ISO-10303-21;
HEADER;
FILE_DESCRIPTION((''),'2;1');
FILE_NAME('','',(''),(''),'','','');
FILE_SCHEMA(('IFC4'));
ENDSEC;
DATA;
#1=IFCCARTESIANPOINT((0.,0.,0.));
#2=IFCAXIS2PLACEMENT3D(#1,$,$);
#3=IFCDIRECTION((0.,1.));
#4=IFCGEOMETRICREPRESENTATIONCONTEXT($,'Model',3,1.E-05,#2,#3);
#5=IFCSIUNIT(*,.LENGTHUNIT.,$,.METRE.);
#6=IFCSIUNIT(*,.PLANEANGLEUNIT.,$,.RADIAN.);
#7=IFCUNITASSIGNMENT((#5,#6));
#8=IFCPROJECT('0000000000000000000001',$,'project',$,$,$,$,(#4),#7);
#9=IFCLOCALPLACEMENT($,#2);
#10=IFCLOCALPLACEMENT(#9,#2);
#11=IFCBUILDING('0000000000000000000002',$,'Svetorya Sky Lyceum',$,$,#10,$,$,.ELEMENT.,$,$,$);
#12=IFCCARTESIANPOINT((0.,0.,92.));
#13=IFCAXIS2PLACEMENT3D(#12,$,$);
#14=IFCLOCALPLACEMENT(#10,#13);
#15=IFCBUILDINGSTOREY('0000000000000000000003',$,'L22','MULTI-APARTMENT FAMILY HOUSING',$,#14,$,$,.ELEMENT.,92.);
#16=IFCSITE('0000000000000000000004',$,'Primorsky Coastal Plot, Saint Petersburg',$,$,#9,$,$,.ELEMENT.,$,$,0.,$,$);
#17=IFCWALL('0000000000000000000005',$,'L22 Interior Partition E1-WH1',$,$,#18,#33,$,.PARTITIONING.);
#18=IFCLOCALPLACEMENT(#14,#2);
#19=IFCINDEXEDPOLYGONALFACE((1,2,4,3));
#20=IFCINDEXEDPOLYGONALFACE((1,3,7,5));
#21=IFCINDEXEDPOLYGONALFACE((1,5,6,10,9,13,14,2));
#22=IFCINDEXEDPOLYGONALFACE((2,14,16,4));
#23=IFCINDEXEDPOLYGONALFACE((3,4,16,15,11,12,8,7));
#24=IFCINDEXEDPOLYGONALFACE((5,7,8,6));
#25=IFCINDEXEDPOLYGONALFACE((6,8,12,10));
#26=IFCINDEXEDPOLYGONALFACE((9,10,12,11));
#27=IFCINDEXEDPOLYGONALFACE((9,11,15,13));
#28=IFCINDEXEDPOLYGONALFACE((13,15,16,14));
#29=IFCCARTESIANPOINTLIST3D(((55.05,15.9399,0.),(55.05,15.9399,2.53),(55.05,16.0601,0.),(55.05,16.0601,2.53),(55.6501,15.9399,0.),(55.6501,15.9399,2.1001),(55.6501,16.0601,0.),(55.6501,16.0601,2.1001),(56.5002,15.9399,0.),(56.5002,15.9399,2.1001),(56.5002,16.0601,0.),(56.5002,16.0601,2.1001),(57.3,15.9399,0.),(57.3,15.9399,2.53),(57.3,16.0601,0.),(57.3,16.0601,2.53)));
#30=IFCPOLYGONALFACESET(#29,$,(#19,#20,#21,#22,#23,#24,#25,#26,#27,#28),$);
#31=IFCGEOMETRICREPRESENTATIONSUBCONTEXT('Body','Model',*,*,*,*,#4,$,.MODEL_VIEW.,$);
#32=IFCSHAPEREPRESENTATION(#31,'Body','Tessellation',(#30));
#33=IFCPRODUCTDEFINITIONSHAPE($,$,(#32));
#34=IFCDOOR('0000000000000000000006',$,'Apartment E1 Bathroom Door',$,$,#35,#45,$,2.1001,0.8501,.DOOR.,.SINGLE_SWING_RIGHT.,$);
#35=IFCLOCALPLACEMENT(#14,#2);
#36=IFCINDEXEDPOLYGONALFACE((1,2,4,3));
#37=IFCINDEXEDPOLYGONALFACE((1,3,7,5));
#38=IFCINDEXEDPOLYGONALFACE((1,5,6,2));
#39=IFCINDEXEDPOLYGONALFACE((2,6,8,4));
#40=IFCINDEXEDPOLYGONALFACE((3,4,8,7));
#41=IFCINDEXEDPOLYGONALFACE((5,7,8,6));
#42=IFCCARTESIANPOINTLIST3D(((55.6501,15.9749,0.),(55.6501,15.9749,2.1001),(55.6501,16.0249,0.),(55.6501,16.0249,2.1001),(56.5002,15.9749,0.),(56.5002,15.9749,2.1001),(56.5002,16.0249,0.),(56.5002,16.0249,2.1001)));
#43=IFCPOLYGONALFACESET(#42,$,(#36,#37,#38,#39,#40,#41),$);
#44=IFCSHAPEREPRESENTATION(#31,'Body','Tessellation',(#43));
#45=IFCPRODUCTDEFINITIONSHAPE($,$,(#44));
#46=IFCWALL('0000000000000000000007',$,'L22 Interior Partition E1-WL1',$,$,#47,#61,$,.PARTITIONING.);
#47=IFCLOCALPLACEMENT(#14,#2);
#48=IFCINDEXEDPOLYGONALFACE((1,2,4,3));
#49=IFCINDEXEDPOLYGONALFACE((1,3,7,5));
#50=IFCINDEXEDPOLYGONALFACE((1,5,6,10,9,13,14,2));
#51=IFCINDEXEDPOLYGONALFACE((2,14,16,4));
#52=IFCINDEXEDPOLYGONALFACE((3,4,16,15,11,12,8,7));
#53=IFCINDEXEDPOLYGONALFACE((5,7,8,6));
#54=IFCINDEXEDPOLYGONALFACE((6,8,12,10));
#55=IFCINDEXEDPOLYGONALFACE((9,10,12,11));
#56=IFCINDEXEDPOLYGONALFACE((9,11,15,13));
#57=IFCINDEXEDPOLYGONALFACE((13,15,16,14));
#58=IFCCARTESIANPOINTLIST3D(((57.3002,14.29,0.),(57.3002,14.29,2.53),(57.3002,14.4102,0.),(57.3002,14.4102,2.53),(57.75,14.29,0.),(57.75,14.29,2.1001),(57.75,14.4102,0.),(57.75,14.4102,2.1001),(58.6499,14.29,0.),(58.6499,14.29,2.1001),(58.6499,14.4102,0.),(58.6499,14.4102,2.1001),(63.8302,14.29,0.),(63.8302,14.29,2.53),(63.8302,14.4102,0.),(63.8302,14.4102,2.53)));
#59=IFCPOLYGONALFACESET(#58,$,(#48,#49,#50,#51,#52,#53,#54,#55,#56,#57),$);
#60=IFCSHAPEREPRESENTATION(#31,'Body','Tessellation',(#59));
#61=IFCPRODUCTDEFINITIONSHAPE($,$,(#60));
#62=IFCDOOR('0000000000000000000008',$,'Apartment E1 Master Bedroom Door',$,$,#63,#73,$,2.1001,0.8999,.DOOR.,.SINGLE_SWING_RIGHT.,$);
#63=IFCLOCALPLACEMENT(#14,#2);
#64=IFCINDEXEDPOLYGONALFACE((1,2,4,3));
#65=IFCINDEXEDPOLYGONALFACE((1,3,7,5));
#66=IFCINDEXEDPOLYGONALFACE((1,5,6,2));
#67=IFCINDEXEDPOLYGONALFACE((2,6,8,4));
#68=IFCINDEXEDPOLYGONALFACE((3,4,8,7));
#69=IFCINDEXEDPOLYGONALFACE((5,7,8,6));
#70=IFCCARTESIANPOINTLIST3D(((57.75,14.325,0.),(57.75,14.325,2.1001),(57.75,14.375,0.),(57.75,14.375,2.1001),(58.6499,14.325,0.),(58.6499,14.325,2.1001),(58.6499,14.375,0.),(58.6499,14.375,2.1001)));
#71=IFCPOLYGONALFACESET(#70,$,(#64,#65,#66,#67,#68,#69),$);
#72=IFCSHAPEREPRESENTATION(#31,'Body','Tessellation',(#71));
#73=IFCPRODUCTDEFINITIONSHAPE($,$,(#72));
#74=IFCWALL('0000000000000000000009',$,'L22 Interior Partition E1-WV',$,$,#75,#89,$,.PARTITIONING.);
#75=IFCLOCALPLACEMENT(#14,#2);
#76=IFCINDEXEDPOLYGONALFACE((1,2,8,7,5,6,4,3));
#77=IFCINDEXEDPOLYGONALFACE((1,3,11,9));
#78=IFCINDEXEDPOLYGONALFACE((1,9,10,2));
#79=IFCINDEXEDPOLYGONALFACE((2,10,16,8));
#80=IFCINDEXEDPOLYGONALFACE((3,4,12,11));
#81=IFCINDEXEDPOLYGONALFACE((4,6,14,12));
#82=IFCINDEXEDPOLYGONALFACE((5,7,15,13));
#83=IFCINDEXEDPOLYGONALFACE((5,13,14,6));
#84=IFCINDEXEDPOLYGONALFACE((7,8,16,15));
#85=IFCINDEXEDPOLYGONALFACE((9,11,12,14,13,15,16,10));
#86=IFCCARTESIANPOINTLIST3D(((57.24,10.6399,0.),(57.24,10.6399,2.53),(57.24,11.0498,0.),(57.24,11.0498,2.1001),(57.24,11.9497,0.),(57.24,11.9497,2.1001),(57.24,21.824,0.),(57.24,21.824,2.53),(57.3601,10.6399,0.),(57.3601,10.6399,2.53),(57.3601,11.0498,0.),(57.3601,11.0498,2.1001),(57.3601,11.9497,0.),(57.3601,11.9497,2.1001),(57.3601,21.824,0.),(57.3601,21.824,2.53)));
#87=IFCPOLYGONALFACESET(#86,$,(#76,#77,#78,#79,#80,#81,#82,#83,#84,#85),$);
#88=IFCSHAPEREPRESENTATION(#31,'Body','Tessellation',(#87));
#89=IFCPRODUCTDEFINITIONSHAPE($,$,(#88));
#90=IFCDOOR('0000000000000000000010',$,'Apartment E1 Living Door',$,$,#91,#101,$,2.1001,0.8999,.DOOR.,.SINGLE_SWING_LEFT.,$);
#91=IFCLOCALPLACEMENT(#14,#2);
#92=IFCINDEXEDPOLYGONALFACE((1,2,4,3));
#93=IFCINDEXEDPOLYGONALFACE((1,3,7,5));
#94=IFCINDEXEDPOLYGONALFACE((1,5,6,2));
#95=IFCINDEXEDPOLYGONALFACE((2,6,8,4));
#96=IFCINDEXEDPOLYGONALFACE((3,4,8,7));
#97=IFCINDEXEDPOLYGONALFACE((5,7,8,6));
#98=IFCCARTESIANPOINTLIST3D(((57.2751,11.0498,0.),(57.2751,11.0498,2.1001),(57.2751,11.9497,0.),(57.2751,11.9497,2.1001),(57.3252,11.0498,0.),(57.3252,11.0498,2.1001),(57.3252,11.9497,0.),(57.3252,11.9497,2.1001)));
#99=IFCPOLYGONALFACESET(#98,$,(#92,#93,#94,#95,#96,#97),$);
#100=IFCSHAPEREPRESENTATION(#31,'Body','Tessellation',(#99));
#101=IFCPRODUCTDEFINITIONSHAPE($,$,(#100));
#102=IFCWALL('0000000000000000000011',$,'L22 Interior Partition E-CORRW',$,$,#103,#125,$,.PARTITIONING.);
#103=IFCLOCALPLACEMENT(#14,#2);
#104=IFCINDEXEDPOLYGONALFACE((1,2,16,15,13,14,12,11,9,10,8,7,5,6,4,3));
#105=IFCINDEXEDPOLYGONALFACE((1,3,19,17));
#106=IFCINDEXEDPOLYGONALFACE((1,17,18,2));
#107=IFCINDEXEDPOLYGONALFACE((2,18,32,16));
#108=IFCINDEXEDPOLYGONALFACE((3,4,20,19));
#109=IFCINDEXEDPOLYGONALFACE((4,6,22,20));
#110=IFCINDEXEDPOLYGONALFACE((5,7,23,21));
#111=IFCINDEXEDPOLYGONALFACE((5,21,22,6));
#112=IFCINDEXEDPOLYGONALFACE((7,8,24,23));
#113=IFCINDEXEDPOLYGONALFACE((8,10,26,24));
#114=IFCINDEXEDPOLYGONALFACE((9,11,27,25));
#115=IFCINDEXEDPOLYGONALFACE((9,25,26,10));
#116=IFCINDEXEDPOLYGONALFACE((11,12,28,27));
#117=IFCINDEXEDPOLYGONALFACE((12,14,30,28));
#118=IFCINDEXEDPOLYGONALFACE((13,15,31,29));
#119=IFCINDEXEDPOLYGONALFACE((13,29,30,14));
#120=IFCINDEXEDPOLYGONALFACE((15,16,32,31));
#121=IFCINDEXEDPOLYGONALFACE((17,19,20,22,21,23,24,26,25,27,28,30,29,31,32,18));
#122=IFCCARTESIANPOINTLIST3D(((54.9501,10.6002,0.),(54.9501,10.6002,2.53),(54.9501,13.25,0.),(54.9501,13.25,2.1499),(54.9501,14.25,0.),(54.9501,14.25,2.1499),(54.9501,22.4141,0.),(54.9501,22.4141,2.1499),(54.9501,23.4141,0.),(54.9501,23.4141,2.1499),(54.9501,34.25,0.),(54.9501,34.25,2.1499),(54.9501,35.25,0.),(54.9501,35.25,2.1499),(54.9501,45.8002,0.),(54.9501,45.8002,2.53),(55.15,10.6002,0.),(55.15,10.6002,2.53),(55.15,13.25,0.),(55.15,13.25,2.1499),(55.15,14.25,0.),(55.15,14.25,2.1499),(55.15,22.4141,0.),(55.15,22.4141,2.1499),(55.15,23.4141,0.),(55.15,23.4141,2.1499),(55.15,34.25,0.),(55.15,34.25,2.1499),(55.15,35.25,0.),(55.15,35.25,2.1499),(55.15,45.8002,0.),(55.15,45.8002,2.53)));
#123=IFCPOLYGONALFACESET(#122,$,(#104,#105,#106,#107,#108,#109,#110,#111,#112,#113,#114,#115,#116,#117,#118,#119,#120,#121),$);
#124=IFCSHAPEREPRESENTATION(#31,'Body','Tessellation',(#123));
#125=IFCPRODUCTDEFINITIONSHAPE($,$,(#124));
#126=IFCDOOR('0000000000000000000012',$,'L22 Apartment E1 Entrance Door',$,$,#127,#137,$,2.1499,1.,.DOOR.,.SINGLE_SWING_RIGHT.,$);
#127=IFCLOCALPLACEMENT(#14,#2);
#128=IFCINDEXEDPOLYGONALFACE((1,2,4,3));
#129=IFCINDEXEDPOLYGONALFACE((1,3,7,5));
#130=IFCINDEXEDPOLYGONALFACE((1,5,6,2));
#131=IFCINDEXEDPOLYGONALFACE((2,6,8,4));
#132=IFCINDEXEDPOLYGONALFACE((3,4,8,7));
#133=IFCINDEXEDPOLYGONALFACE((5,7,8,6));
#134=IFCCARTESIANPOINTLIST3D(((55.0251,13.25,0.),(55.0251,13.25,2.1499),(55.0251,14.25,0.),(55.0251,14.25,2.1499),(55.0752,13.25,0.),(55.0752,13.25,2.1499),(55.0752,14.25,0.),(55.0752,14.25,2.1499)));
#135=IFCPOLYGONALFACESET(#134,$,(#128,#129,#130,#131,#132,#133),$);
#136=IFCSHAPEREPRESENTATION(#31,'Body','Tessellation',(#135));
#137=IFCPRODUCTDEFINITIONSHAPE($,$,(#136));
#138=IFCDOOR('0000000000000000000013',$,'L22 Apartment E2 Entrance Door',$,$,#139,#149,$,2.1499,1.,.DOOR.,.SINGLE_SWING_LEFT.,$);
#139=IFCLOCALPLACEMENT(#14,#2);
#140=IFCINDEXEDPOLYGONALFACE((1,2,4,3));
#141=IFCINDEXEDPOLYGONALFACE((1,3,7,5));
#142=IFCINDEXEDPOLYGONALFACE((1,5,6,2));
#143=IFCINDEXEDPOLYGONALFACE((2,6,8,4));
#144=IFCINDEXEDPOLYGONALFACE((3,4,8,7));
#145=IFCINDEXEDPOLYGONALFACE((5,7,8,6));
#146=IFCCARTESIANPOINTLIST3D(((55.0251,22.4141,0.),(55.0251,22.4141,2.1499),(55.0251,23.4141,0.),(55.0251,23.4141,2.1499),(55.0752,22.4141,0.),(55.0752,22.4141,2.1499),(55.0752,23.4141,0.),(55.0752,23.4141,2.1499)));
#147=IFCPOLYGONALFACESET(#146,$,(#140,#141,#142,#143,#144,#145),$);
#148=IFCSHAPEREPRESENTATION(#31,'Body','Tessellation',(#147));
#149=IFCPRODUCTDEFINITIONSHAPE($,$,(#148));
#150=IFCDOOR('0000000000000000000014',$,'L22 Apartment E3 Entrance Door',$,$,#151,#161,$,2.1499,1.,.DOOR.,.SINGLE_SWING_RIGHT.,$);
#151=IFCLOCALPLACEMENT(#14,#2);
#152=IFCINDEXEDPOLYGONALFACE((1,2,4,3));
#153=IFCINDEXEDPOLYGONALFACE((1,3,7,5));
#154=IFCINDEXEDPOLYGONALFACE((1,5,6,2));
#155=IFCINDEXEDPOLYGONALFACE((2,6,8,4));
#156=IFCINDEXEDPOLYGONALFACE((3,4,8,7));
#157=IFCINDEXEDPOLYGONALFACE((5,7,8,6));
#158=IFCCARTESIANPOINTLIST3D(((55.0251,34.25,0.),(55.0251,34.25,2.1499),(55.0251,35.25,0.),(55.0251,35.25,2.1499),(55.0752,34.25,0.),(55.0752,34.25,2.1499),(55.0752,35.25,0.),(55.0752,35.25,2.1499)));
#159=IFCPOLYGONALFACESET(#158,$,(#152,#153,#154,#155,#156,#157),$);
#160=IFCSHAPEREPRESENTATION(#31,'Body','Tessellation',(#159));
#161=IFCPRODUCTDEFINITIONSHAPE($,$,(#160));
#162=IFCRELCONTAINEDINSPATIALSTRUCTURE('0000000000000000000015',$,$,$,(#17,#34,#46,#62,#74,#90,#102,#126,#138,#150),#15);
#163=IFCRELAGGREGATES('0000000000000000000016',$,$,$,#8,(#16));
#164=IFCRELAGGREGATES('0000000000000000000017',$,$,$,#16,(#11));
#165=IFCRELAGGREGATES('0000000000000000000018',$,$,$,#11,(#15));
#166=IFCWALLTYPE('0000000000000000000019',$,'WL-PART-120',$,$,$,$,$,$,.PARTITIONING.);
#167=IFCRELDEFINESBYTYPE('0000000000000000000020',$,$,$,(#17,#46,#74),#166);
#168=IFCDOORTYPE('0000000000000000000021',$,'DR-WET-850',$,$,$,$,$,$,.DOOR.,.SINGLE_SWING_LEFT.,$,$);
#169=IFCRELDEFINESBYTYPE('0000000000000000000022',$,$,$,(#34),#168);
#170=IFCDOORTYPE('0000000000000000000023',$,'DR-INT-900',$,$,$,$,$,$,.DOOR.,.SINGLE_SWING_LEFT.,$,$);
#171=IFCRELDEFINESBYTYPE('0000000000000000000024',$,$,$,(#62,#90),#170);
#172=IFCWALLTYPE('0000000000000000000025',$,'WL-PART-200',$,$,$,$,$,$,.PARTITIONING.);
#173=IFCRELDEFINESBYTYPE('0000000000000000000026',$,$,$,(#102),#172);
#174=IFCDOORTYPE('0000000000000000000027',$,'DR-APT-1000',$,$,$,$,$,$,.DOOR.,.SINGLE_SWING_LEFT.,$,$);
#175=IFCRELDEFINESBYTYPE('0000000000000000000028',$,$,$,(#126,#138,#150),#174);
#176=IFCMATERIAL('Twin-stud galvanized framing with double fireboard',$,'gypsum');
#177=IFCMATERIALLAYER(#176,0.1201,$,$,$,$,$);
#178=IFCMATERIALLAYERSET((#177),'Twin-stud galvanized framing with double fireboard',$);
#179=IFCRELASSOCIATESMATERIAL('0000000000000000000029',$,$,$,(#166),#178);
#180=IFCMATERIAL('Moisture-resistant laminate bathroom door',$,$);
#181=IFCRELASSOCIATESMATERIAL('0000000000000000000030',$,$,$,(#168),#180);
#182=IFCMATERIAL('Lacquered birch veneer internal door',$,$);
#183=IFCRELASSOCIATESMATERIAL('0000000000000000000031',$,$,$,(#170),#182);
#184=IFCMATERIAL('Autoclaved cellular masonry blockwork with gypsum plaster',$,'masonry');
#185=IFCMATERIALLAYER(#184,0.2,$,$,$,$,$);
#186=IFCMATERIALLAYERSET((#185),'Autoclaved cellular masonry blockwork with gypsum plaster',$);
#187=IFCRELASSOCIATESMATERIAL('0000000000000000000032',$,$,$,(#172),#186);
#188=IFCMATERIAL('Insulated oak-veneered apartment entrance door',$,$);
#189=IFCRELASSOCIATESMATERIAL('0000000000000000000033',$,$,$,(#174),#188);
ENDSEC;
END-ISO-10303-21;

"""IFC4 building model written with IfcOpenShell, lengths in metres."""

from ifc_helpers import new_model, si_unit, direction, frame, frame_2d, origin, place, context, subcontext, project, spatial, rectangle, extrude, material, layer, layer_set, type_object, element, fill, save


model = new_model("IFC4")

# Units and contexts
model_context = context("Model", 3, precision=1e-05, world=origin(), true_north=direction((0.0, 1.0)))
body_context = subcontext(model_context, "Body", "Model", "MODEL_VIEW")
ifc_project = project(units=[si_unit("LENGTHUNIT", "METRE"), si_unit("PLANEANGLEUNIT", "RADIAN")], contexts=[model_context])

# Site, building, storey
site_placement = place(None, origin())
site = spatial("IfcSite", under=ifc_project, at=site_placement, Name="Primorsky Coastal Plot, Saint Petersburg", CompositionType="ELEMENT", RefElevation=0.0)
building_placement = place(site_placement, origin())
building = spatial("IfcBuilding", under=site, at=building_placement, Name="Svetorya Sky Lyceum", CompositionType="ELEMENT")
storey_placement = place(building_placement, frame((0.0, 0.0, 92.0)))
storey = spatial("IfcBuildingStorey", under=building, at=storey_placement, Name="L22", Description="MULTI-APARTMENT FAMILY HOUSING", CompositionType="ELEMENT", Elevation=92.0)

# Walls, openings, doors
ifc_material_1 = material(Name="Twin-stud galvanized framing with double fireboard", Category="gypsum")
ifc_layer_1 = layer(ifc_material_1, 0.1201)
ifc_layer_set_1 = layer_set([ifc_layer_1], Name="Twin-stud galvanized framing with double fireboard")
wall_type_1 = type_object("IfcWallType", Name="WL-PART-120", PredefinedType="PARTITIONING", material=ifc_layer_set_1)
wall_1_placement = place(storey_placement, frame((55.05, 16.0, 0.0), z_axis=(0.0, 0.0, 1.0), x_axis=(1.0, 0.0, 0.0)))
wall_1 = element("IfcWall", 1, at=wall_1_placement, inside=storey, type_object=wall_type_1, Name="L22 Interior Partition E1-WH1", PredefinedType="PARTITIONING", context=body_context, shape_type="SweptSolid", body=[
    extrude(rectangle(XDim=2.25, YDim=0.1201, at=frame_2d((1.125, 0.0))), origin(), (0.0, 0.0, 1.0), 2.53),
])
opening_1_placement = place(wall_1_placement, frame((0.6001, 0.0, 0.0)))
opening_1 = element("IfcOpeningElement", 2, at=opening_1_placement, cuts=wall_1, PredefinedType="OPENING", context=body_context, shape_type="SweptSolid", body=[
    extrude(rectangle(XDim=0.8501, YDim=2.1001, at=frame_2d((0.425, 1.05))), frame((0.0, 0.0701, 0.0), z_axis=(0.0, -1.0, 0.0), x_axis=(1.0, 0.0, 0.0)), (0.0, 0.0, 1.0), 0.1401),
])
ifc_material_2 = material(Name="Moisture-resistant laminate bathroom door")
door_type_1 = type_object("IfcDoorType", Name="DR-WET-850", OperationType="SINGLE_SWING_LEFT", PredefinedType="DOOR", material=ifc_material_2)
door_1_placement = place(opening_1_placement, origin())
door_1 = element("IfcDoor", 3, at=door_1_placement, inside=storey, type_object=door_type_1, Name="Apartment E1 Bathroom Door", OperationType="SINGLE_SWING_RIGHT", OverallHeight=2.1001, OverallWidth=0.8501, PredefinedType="DOOR", context=body_context, shape_type="SweptSolid", body=[
    extrude(rectangle(XDim=0.8501, YDim=2.1001, at=frame_2d((0.425, 1.05))), frame((0.0, 0.0249, 0.0), z_axis=(0.0, -1.0, 0.0), x_axis=(1.0, 0.0, 0.0)), (0.0, 0.0, 1.0), 0.05),
])
fill(opening_1, door_1)
wall_2_placement = place(storey_placement, frame((57.3, 14.3501, 0.0), z_axis=(0.0, 0.0, 1.0), x_axis=(1.0, 0.0, 0.0)))
wall_2 = element("IfcWall", 4, at=wall_2_placement, inside=storey, type_object=wall_type_1, Name="L22 Interior Partition E1-WL1", PredefinedType="PARTITIONING", context=body_context, shape_type="SweptSolid", body=[
    extrude(rectangle(XDim=6.53, YDim=0.1201, at=frame_2d((3.2651, 0.0))), origin(), (0.0, 0.0, 1.0), 2.53),
])
opening_2_placement = place(wall_2_placement, frame((0.45, 0.0, 0.0)))
opening_2 = element("IfcOpeningElement", 5, at=opening_2_placement, cuts=wall_2, PredefinedType="OPENING", context=body_context, shape_type="SweptSolid", body=[
    extrude(rectangle(XDim=0.8999, YDim=2.1001, at=frame_2d((0.45, 1.05))), frame((0.0, 0.0701, 0.0), z_axis=(0.0, -1.0, 0.0), x_axis=(1.0, 0.0, 0.0)), (0.0, 0.0, 1.0), 0.1401),
])
ifc_material_3 = material(Name="Lacquered birch veneer internal door")
door_type_2 = type_object("IfcDoorType", Name="DR-INT-900", OperationType="SINGLE_SWING_LEFT", PredefinedType="DOOR", material=ifc_material_3)
door_2_placement = place(opening_2_placement, origin())
door_2 = element("IfcDoor", 6, at=door_2_placement, inside=storey, type_object=door_type_2, Name="Apartment E1 Master Bedroom Door", OperationType="SINGLE_SWING_RIGHT", OverallHeight=2.1001, OverallWidth=0.8999, PredefinedType="DOOR", context=body_context, shape_type="SweptSolid", body=[
    extrude(rectangle(XDim=0.8999, YDim=2.1001, at=frame_2d((0.45, 1.05))), frame((0.0, 0.0249, 0.0), z_axis=(0.0, -1.0, 0.0), x_axis=(1.0, 0.0, 0.0)), (0.0, 0.0, 1.0), 0.05),
])
fill(opening_2, door_2)
wall_3_placement = place(storey_placement, frame((57.3, 10.6399, 0.0), z_axis=(0.0, 0.0, 1.0), x_axis=(0.0, 1.0, 0.0)))
wall_3 = element("IfcWall", 7, at=wall_3_placement, inside=storey, type_object=wall_type_1, Name="L22 Interior Partition E1-WV", PredefinedType="PARTITIONING", context=body_context, shape_type="SweptSolid", body=[
    extrude(rectangle(XDim=11.1841, YDim=0.1201, at=frame_2d((5.592, 0.0))), origin(), (0.0, 0.0, 1.0), 2.53),
])
opening_3_placement = place(wall_3_placement, frame((0.4099, 0.0, 0.0)))
opening_3 = element("IfcOpeningElement", 8, at=opening_3_placement, cuts=wall_3, PredefinedType="OPENING", context=body_context, shape_type="SweptSolid", body=[
    extrude(rectangle(XDim=0.8999, YDim=2.1001, at=frame_2d((0.45, 1.05))), frame((0.0, 0.0701, 0.0), z_axis=(0.0, -1.0, 0.0), x_axis=(1.0, 0.0, 0.0)), (0.0, 0.0, 1.0), 0.1401),
])
door_3_placement = place(opening_3_placement, origin())
door_3 = element("IfcDoor", 9, at=door_3_placement, inside=storey, type_object=door_type_2, Name="Apartment E1 Living Door", OperationType="SINGLE_SWING_LEFT", OverallHeight=2.1001, OverallWidth=0.8999, PredefinedType="DOOR", context=body_context, shape_type="SweptSolid", body=[
    extrude(rectangle(XDim=0.8999, YDim=2.1001, at=frame_2d((0.45, 1.05))), frame((0.0, 0.0249, 0.0), z_axis=(0.0, -1.0, 0.0), x_axis=(1.0, 0.0, 0.0)), (0.0, 0.0, 1.0), 0.05),
])
fill(opening_3, door_3)

# Wall, openings, doors
ifc_material_4 = material(Name="Autoclaved cellular masonry blockwork with gypsum plaster", Category="masonry")
ifc_layer_2 = layer(ifc_material_4, 0.2)
ifc_layer_set_2 = layer_set([ifc_layer_2], Name="Autoclaved cellular masonry blockwork with gypsum plaster")
wall_type_2 = type_object("IfcWallType", Name="WL-PART-200", PredefinedType="PARTITIONING", material=ifc_layer_set_2)
wall_4_placement = place(storey_placement, frame((55.05, 10.6001, 0.0), z_axis=(0.0, 0.0, 1.0), x_axis=(0.0, 1.0, 0.0)))
wall_4 = element("IfcWall", 10, at=wall_4_placement, inside=storey, type_object=wall_type_2, Name="L22 Interior Partition E-CORRW", PredefinedType="PARTITIONING", context=body_context, shape_type="SweptSolid", body=[
    extrude(rectangle(XDim=35.2, YDim=0.2, at=frame_2d((17.6001, 0.0))), origin(), (0.0, 0.0, 1.0), 2.53),
])
opening_4_placement = place(wall_4_placement, frame((2.6499, 0.0, 0.0)))
opening_4 = element("IfcOpeningElement", 11, at=opening_4_placement, cuts=wall_4, PredefinedType="OPENING", context=body_context, shape_type="SweptSolid", body=[
    extrude(rectangle(XDim=1.0, YDim=2.1499, at=frame_2d((0.5, 1.075))), frame((0.0, 0.1099, 0.0), z_axis=(0.0, -1.0, 0.0), x_axis=(1.0, 0.0, 0.0)), (0.0, 0.0, 1.0), 0.22),
])
opening_5_placement = place(wall_4_placement, frame((11.814, 0.0, 0.0)))
opening_5 = element("IfcOpeningElement", 12, at=opening_5_placement, cuts=wall_4, PredefinedType="OPENING", context=body_context, shape_type="SweptSolid", body=[
    extrude(rectangle(XDim=1.0, YDim=2.1499, at=frame_2d((0.5, 1.075))), frame((0.0, 0.1099, 0.0), z_axis=(0.0, -1.0, 0.0), x_axis=(1.0, 0.0, 0.0)), (0.0, 0.0, 1.0), 0.22),
])
opening_6_placement = place(wall_4_placement, frame((23.6499, 0.0, 0.0)))
opening_6 = element("IfcOpeningElement", 13, at=opening_6_placement, cuts=wall_4, PredefinedType="OPENING", context=body_context, shape_type="SweptSolid", body=[
    extrude(rectangle(XDim=1.0, YDim=2.1499, at=frame_2d((0.5, 1.075))), frame((0.0, 0.1099, 0.0), z_axis=(0.0, -1.0, 0.0), x_axis=(1.0, 0.0, 0.0)), (0.0, 0.0, 1.0), 0.22),
])
ifc_material_5 = material(Name="Insulated oak-veneered apartment entrance door")
door_type_3 = type_object("IfcDoorType", Name="DR-APT-1000", OperationType="SINGLE_SWING_LEFT", PredefinedType="DOOR", material=ifc_material_5)
door_4_placement = place(opening_4_placement, origin())
door_4 = element("IfcDoor", 14, at=door_4_placement, inside=storey, type_object=door_type_3, Name="L22 Apartment E1 Entrance Door", OperationType="SINGLE_SWING_RIGHT", OverallHeight=2.1499, OverallWidth=1.0, PredefinedType="DOOR", context=body_context, shape_type="SweptSolid", body=[
    extrude(rectangle(XDim=1.0, YDim=2.1499, at=frame_2d((0.5, 1.075))), frame((0.0, 0.0249, 0.0), z_axis=(0.0, -1.0, 0.0), x_axis=(1.0, 0.0, 0.0)), (0.0, 0.0, 1.0), 0.05),
])
fill(opening_4, door_4)
door_5_placement = place(opening_5_placement, origin())
door_5 = element("IfcDoor", 15, at=door_5_placement, inside=storey, type_object=door_type_3, Name="L22 Apartment E2 Entrance Door", OperationType="SINGLE_SWING_LEFT", OverallHeight=2.1499, OverallWidth=1.0, PredefinedType="DOOR", context=body_context, shape_type="SweptSolid", body=[
    extrude(rectangle(XDim=1.0, YDim=2.1499, at=frame_2d((0.5, 1.075))), frame((0.0, 0.0249, 0.0), z_axis=(0.0, -1.0, 0.0), x_axis=(1.0, 0.0, 0.0)), (0.0, 0.0, 1.0), 0.05),
])
fill(opening_5, door_5)
door_6_placement = place(opening_6_placement, origin())
door_6 = element("IfcDoor", 16, at=door_6_placement, inside=storey, type_object=door_type_3, Name="L22 Apartment E3 Entrance Door", OperationType="SINGLE_SWING_RIGHT", OverallHeight=2.1499, OverallWidth=1.0, PredefinedType="DOOR", context=body_context, shape_type="SweptSolid", body=[
    extrude(rectangle(XDim=1.0, YDim=2.1499, at=frame_2d((0.5, 1.075))), frame((0.0, 0.0249, 0.0), z_axis=(0.0, -1.0, 0.0), x_axis=(1.0, 0.0, 0.0)), (0.0, 0.0, 1.0), 0.05),
])
fill(opening_6, door_6)

save(model, "model.ifc")
